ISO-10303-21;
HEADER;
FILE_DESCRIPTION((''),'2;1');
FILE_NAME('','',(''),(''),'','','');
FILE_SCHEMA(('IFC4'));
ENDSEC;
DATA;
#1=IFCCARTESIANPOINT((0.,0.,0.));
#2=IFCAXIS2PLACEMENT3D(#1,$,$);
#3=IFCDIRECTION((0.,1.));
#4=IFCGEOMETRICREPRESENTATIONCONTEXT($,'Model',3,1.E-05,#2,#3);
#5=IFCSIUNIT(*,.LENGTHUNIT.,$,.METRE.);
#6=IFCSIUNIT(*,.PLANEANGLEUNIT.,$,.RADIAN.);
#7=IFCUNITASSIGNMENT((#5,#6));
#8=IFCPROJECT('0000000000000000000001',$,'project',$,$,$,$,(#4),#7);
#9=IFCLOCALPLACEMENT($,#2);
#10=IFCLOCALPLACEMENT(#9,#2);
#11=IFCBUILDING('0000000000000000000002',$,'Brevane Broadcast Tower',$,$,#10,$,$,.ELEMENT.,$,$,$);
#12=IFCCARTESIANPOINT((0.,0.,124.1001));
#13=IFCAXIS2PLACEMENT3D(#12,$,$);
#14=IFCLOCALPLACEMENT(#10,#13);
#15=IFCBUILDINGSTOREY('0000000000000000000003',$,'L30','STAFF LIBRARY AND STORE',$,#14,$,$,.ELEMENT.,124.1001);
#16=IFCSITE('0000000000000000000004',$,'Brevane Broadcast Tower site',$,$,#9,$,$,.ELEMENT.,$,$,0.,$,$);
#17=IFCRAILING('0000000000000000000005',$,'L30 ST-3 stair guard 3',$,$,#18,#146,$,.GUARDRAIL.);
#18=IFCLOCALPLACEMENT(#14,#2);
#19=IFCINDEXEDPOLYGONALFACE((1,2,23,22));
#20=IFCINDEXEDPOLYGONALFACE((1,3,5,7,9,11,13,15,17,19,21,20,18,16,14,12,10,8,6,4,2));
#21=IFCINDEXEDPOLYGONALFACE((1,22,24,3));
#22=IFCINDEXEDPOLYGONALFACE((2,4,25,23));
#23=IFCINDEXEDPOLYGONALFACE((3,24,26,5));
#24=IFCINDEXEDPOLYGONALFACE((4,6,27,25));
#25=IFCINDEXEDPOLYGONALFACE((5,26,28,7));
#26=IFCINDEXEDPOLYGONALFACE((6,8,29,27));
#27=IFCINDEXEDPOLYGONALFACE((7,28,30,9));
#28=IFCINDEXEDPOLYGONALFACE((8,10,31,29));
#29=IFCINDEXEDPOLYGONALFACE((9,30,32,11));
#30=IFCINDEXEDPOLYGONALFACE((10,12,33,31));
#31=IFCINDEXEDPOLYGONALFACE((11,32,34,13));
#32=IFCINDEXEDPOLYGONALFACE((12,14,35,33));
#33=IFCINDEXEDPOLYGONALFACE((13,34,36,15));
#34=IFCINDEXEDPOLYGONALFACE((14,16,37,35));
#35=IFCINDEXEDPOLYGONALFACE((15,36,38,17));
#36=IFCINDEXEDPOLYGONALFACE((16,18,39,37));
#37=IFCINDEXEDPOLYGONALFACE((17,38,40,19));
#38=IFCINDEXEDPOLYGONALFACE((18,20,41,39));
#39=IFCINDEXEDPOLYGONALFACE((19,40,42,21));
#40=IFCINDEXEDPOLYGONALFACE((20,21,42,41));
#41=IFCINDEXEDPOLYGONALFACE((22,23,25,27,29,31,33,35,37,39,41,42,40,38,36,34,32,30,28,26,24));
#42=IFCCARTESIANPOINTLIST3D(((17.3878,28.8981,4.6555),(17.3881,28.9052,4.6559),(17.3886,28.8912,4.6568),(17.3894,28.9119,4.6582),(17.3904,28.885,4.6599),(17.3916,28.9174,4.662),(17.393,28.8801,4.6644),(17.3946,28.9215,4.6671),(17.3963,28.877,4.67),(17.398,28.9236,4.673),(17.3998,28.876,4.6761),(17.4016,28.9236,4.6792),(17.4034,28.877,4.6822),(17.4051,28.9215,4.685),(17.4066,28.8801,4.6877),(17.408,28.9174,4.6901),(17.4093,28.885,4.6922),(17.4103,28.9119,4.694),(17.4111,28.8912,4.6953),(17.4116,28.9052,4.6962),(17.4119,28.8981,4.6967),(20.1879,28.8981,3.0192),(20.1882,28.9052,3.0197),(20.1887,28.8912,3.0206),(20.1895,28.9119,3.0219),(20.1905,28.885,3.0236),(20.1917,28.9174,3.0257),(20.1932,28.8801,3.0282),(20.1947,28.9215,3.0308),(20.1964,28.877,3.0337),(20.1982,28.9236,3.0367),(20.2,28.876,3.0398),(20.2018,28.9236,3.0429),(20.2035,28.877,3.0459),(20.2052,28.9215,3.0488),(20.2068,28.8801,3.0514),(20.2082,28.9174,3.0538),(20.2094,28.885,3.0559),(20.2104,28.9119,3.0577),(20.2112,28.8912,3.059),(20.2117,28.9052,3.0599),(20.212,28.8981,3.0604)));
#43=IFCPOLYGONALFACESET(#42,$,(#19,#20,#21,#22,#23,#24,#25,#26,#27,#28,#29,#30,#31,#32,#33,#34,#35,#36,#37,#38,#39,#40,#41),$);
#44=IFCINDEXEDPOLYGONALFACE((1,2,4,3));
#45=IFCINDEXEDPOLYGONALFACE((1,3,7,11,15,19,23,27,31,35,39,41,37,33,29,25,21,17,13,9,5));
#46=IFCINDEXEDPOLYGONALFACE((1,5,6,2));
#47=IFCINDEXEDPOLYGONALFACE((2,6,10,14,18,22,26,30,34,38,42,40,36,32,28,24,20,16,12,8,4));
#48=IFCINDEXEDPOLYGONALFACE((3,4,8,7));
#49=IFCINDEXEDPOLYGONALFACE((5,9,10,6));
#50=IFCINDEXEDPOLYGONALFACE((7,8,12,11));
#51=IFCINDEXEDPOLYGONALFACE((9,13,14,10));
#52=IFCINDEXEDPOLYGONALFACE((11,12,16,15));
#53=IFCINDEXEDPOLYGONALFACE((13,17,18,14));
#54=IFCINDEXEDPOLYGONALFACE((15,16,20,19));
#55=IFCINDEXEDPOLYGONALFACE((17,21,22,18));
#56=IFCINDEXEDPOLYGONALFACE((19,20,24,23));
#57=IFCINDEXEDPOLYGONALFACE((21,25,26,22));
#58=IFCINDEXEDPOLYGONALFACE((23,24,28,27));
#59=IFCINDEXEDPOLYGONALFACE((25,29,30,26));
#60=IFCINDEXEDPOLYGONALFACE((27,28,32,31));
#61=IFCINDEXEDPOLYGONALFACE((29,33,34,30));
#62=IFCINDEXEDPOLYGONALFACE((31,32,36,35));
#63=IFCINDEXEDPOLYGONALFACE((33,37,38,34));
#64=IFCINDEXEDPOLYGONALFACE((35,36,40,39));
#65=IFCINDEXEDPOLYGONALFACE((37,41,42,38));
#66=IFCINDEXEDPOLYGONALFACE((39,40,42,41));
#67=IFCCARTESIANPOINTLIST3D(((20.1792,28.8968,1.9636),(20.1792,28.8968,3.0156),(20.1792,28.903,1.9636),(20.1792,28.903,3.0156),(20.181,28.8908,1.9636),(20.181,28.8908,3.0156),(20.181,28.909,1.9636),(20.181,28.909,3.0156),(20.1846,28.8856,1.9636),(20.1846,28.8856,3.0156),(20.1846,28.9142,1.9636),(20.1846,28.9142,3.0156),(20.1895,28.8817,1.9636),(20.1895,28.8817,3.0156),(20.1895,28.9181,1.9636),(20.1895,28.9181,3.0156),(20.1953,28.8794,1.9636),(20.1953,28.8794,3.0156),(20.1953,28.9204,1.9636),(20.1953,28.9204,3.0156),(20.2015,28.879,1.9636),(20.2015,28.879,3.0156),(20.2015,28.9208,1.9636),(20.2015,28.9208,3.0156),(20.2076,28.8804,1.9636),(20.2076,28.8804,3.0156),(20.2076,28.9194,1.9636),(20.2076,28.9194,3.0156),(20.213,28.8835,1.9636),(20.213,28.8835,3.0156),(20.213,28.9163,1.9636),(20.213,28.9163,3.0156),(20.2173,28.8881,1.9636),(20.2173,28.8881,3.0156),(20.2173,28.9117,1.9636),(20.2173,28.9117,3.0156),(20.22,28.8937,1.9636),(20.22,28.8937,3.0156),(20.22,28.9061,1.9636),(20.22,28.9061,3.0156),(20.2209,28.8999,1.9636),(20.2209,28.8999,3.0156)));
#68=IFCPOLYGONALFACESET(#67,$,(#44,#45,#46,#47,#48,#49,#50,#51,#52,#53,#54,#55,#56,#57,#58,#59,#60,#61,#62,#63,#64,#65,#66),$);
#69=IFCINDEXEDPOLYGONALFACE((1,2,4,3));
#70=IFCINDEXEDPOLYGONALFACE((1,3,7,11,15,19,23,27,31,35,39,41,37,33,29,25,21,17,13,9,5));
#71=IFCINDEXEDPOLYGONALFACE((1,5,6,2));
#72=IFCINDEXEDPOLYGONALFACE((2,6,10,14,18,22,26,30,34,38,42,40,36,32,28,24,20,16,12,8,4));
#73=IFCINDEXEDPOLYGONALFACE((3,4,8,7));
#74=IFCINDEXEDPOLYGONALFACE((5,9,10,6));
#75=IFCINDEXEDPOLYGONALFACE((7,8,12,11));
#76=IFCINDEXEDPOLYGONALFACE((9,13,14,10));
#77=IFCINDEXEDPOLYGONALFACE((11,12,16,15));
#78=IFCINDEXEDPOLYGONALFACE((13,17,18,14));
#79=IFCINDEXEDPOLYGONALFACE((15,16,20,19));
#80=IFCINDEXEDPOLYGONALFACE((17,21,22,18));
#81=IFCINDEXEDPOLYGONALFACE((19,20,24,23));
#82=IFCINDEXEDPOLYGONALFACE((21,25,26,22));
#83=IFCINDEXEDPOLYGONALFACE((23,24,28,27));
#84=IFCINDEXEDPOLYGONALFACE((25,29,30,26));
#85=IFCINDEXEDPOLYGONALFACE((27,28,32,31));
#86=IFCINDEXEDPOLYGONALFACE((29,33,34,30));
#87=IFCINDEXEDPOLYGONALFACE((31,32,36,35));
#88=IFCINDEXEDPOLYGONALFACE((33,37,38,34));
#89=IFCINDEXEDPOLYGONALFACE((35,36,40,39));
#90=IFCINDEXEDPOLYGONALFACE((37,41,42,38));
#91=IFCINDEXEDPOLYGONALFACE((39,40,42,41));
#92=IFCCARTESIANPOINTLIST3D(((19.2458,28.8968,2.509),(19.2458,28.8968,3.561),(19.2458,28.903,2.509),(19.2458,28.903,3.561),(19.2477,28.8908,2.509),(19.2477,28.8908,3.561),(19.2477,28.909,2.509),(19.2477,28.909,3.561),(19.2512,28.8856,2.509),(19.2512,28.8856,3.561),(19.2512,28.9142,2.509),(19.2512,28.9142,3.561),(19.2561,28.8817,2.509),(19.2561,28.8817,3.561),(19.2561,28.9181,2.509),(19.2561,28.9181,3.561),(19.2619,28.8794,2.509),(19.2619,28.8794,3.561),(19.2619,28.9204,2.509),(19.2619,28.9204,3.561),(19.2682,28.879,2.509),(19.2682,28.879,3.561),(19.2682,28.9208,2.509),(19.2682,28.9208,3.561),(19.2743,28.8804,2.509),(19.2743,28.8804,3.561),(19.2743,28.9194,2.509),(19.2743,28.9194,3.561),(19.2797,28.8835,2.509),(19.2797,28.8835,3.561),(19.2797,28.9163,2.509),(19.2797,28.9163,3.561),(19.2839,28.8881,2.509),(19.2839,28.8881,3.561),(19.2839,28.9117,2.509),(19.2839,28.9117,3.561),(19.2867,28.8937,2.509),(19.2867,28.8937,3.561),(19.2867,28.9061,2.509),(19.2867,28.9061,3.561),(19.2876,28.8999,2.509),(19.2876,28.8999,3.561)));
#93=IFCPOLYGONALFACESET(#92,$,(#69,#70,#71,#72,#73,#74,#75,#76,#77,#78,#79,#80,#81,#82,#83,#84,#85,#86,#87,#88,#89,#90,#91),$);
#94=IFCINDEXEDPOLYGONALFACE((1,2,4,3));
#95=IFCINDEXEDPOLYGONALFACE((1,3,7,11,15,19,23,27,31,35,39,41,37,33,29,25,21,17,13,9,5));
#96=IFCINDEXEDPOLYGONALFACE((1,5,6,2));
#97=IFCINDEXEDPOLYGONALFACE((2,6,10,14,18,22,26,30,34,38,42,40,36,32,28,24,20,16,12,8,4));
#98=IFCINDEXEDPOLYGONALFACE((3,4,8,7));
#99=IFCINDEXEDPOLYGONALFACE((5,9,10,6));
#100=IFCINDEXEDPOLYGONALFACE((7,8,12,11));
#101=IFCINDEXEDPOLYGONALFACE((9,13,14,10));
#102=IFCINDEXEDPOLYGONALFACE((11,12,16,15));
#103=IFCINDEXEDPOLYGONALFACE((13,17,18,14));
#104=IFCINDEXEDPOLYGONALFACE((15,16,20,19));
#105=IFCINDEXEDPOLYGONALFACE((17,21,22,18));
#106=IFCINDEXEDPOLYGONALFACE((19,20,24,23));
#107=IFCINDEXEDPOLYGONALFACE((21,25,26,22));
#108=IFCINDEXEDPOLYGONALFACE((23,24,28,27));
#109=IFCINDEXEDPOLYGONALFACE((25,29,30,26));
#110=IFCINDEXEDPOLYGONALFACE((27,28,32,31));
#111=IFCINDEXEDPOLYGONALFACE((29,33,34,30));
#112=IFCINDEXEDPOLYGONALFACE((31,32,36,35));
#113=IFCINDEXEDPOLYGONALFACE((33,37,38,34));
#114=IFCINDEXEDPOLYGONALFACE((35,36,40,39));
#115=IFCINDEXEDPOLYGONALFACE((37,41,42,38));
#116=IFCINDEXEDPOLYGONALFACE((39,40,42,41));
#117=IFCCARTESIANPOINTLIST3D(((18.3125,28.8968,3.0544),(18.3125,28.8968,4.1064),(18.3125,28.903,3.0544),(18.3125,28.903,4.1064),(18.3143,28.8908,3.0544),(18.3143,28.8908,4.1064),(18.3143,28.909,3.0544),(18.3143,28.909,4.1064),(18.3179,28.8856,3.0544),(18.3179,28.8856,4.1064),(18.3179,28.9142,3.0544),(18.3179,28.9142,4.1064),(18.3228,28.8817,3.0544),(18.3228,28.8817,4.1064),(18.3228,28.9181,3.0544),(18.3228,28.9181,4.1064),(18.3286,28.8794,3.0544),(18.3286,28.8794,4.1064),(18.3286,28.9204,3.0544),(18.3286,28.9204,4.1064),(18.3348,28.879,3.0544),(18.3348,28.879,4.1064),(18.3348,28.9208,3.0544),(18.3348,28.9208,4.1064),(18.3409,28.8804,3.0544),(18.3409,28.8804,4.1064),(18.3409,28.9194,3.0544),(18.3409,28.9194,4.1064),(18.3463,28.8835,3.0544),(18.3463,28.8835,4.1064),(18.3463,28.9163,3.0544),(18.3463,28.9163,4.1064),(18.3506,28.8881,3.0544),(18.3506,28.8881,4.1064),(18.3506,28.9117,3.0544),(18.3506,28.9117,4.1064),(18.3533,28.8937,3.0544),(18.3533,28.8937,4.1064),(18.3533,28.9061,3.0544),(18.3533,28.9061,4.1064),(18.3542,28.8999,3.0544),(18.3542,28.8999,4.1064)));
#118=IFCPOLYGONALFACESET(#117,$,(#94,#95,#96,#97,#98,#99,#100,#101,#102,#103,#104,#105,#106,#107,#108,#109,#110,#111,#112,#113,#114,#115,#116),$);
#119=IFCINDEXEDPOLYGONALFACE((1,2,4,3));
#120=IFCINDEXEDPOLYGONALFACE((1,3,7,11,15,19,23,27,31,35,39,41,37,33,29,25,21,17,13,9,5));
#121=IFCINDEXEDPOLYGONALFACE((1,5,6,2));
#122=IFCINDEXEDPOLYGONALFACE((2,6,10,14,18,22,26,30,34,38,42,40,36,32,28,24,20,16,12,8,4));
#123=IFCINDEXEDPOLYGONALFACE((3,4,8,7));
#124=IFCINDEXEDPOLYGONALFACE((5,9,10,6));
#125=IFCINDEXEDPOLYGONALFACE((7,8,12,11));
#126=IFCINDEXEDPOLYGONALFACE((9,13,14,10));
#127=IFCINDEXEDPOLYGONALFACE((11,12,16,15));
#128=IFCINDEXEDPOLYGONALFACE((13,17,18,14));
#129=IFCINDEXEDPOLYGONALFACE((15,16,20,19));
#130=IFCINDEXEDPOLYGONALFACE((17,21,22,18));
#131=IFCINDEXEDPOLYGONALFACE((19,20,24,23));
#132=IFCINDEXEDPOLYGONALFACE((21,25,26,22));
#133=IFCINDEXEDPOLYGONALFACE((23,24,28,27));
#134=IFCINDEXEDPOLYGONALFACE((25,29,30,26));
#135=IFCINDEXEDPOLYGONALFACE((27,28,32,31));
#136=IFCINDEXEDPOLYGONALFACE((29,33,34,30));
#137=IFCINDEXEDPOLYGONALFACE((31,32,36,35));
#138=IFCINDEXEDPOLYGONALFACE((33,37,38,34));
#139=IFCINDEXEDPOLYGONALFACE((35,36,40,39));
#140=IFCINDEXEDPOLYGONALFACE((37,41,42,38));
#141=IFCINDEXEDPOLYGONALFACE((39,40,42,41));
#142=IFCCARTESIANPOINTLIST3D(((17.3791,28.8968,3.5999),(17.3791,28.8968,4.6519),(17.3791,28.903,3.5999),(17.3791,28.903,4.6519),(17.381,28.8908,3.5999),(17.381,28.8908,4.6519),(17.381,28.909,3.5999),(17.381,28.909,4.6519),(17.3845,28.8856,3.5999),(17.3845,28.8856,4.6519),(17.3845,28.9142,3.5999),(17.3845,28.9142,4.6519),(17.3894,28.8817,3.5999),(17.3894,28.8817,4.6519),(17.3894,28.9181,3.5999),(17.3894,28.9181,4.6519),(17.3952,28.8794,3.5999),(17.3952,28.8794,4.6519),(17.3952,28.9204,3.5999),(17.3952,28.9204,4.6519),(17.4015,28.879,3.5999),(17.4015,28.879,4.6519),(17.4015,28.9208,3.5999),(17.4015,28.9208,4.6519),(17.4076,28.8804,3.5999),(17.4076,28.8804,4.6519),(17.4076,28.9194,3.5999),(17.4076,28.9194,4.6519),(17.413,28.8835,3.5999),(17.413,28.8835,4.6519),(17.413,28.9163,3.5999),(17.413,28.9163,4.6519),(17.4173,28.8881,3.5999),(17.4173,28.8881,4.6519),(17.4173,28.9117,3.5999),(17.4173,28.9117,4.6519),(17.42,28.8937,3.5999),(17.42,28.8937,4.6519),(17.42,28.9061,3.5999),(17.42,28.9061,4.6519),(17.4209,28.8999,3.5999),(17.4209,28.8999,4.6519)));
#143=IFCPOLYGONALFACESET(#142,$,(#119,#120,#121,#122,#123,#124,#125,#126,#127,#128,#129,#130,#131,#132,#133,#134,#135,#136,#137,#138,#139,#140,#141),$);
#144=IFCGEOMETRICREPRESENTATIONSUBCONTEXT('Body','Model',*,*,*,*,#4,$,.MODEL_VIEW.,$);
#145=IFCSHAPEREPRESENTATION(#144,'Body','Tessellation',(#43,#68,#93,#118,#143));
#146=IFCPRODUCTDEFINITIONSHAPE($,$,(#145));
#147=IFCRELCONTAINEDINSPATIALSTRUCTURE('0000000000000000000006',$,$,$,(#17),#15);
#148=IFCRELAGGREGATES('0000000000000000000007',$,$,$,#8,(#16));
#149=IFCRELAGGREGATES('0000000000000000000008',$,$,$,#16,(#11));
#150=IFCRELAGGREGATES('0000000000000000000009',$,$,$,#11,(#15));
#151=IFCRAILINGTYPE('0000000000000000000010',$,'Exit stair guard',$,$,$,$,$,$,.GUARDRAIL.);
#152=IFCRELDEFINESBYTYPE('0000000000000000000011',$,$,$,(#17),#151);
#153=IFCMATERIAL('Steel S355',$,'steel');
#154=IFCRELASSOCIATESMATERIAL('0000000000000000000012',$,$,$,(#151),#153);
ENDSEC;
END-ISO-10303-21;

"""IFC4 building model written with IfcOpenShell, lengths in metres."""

from ifc_helpers import new_model, si_unit, direction, frame, origin, origin_2d, place, context, subcontext, project, spatial, circle, extrude, material, type_object, element, save


model = new_model("IFC4")

# Units and contexts
model_context = context("Model", 3, precision=1e-05, world=origin(), true_north=direction((0.0, 1.0)))
body_context = subcontext(model_context, "Body", "Model", "MODEL_VIEW")
ifc_project = project(units=[si_unit("LENGTHUNIT", "METRE"), si_unit("PLANEANGLEUNIT", "RADIAN")], contexts=[model_context])

# Site, building, storey
site_placement = place(None, origin())
site = spatial("IfcSite", under=ifc_project, at=site_placement, Name="Brevane Broadcast Tower site", CompositionType="ELEMENT", RefElevation=0.0)
building_placement = place(site_placement, origin())
building = spatial("IfcBuilding", under=site, at=building_placement, Name="Brevane Broadcast Tower", CompositionType="ELEMENT")
storey_placement = place(building_placement, frame((0.0, 0.0, 124.1001)))
storey = spatial("IfcBuildingStorey", under=building, at=storey_placement, Name="L30", Description="STAFF LIBRARY AND STORE", CompositionType="ELEMENT", Elevation=124.1001)

# Railing
ifc_material_1 = material(Name="Steel S355", Category="steel")
railing_type_1 = type_object("IfcRailingType", Name="Exit stair guard", PredefinedType="GUARDRAIL", material=ifc_material_1)
railing_1_placement = place(storey_placement, frame((20.2, 28.8999, 1.9636)))
element("IfcRailing", 1, at=railing_1_placement, inside=storey, type_object=railing_type_1, Name="L30 ST-3 stair guard 3", PredefinedType="GUARDRAIL", context=body_context, shape_type="SweptSolid", body=[
    extrude(circle(Radius=0.0239, at=origin_2d()), frame((0.0, 0.0, 1.0762), z_axis=(-0.863394, 0.0, 0.504531), x_axis=(0.0, -1.0, 0.0)), (0.0, 0.0, 1.0), 3.2432),
    extrude(circle(Radius=0.021, at=origin_2d()), origin(), (0.0, 0.0, 1.0), 1.052),
    extrude(circle(Radius=0.021, at=origin_2d()), frame((-0.9333, 0.0, 0.5454)), (0.0, 0.0, 1.0), 1.052),
    extrude(circle(Radius=0.021, at=origin_2d()), frame((-1.8667, 0.0, 1.0908)), (0.0, 0.0, 1.0), 1.052),
    extrude(circle(Radius=0.021, at=origin_2d()), frame((-2.8, 0.0, 1.6362)), (0.0, 0.0, 1.0), 1.052),
])

save(model, "model.ifc")
